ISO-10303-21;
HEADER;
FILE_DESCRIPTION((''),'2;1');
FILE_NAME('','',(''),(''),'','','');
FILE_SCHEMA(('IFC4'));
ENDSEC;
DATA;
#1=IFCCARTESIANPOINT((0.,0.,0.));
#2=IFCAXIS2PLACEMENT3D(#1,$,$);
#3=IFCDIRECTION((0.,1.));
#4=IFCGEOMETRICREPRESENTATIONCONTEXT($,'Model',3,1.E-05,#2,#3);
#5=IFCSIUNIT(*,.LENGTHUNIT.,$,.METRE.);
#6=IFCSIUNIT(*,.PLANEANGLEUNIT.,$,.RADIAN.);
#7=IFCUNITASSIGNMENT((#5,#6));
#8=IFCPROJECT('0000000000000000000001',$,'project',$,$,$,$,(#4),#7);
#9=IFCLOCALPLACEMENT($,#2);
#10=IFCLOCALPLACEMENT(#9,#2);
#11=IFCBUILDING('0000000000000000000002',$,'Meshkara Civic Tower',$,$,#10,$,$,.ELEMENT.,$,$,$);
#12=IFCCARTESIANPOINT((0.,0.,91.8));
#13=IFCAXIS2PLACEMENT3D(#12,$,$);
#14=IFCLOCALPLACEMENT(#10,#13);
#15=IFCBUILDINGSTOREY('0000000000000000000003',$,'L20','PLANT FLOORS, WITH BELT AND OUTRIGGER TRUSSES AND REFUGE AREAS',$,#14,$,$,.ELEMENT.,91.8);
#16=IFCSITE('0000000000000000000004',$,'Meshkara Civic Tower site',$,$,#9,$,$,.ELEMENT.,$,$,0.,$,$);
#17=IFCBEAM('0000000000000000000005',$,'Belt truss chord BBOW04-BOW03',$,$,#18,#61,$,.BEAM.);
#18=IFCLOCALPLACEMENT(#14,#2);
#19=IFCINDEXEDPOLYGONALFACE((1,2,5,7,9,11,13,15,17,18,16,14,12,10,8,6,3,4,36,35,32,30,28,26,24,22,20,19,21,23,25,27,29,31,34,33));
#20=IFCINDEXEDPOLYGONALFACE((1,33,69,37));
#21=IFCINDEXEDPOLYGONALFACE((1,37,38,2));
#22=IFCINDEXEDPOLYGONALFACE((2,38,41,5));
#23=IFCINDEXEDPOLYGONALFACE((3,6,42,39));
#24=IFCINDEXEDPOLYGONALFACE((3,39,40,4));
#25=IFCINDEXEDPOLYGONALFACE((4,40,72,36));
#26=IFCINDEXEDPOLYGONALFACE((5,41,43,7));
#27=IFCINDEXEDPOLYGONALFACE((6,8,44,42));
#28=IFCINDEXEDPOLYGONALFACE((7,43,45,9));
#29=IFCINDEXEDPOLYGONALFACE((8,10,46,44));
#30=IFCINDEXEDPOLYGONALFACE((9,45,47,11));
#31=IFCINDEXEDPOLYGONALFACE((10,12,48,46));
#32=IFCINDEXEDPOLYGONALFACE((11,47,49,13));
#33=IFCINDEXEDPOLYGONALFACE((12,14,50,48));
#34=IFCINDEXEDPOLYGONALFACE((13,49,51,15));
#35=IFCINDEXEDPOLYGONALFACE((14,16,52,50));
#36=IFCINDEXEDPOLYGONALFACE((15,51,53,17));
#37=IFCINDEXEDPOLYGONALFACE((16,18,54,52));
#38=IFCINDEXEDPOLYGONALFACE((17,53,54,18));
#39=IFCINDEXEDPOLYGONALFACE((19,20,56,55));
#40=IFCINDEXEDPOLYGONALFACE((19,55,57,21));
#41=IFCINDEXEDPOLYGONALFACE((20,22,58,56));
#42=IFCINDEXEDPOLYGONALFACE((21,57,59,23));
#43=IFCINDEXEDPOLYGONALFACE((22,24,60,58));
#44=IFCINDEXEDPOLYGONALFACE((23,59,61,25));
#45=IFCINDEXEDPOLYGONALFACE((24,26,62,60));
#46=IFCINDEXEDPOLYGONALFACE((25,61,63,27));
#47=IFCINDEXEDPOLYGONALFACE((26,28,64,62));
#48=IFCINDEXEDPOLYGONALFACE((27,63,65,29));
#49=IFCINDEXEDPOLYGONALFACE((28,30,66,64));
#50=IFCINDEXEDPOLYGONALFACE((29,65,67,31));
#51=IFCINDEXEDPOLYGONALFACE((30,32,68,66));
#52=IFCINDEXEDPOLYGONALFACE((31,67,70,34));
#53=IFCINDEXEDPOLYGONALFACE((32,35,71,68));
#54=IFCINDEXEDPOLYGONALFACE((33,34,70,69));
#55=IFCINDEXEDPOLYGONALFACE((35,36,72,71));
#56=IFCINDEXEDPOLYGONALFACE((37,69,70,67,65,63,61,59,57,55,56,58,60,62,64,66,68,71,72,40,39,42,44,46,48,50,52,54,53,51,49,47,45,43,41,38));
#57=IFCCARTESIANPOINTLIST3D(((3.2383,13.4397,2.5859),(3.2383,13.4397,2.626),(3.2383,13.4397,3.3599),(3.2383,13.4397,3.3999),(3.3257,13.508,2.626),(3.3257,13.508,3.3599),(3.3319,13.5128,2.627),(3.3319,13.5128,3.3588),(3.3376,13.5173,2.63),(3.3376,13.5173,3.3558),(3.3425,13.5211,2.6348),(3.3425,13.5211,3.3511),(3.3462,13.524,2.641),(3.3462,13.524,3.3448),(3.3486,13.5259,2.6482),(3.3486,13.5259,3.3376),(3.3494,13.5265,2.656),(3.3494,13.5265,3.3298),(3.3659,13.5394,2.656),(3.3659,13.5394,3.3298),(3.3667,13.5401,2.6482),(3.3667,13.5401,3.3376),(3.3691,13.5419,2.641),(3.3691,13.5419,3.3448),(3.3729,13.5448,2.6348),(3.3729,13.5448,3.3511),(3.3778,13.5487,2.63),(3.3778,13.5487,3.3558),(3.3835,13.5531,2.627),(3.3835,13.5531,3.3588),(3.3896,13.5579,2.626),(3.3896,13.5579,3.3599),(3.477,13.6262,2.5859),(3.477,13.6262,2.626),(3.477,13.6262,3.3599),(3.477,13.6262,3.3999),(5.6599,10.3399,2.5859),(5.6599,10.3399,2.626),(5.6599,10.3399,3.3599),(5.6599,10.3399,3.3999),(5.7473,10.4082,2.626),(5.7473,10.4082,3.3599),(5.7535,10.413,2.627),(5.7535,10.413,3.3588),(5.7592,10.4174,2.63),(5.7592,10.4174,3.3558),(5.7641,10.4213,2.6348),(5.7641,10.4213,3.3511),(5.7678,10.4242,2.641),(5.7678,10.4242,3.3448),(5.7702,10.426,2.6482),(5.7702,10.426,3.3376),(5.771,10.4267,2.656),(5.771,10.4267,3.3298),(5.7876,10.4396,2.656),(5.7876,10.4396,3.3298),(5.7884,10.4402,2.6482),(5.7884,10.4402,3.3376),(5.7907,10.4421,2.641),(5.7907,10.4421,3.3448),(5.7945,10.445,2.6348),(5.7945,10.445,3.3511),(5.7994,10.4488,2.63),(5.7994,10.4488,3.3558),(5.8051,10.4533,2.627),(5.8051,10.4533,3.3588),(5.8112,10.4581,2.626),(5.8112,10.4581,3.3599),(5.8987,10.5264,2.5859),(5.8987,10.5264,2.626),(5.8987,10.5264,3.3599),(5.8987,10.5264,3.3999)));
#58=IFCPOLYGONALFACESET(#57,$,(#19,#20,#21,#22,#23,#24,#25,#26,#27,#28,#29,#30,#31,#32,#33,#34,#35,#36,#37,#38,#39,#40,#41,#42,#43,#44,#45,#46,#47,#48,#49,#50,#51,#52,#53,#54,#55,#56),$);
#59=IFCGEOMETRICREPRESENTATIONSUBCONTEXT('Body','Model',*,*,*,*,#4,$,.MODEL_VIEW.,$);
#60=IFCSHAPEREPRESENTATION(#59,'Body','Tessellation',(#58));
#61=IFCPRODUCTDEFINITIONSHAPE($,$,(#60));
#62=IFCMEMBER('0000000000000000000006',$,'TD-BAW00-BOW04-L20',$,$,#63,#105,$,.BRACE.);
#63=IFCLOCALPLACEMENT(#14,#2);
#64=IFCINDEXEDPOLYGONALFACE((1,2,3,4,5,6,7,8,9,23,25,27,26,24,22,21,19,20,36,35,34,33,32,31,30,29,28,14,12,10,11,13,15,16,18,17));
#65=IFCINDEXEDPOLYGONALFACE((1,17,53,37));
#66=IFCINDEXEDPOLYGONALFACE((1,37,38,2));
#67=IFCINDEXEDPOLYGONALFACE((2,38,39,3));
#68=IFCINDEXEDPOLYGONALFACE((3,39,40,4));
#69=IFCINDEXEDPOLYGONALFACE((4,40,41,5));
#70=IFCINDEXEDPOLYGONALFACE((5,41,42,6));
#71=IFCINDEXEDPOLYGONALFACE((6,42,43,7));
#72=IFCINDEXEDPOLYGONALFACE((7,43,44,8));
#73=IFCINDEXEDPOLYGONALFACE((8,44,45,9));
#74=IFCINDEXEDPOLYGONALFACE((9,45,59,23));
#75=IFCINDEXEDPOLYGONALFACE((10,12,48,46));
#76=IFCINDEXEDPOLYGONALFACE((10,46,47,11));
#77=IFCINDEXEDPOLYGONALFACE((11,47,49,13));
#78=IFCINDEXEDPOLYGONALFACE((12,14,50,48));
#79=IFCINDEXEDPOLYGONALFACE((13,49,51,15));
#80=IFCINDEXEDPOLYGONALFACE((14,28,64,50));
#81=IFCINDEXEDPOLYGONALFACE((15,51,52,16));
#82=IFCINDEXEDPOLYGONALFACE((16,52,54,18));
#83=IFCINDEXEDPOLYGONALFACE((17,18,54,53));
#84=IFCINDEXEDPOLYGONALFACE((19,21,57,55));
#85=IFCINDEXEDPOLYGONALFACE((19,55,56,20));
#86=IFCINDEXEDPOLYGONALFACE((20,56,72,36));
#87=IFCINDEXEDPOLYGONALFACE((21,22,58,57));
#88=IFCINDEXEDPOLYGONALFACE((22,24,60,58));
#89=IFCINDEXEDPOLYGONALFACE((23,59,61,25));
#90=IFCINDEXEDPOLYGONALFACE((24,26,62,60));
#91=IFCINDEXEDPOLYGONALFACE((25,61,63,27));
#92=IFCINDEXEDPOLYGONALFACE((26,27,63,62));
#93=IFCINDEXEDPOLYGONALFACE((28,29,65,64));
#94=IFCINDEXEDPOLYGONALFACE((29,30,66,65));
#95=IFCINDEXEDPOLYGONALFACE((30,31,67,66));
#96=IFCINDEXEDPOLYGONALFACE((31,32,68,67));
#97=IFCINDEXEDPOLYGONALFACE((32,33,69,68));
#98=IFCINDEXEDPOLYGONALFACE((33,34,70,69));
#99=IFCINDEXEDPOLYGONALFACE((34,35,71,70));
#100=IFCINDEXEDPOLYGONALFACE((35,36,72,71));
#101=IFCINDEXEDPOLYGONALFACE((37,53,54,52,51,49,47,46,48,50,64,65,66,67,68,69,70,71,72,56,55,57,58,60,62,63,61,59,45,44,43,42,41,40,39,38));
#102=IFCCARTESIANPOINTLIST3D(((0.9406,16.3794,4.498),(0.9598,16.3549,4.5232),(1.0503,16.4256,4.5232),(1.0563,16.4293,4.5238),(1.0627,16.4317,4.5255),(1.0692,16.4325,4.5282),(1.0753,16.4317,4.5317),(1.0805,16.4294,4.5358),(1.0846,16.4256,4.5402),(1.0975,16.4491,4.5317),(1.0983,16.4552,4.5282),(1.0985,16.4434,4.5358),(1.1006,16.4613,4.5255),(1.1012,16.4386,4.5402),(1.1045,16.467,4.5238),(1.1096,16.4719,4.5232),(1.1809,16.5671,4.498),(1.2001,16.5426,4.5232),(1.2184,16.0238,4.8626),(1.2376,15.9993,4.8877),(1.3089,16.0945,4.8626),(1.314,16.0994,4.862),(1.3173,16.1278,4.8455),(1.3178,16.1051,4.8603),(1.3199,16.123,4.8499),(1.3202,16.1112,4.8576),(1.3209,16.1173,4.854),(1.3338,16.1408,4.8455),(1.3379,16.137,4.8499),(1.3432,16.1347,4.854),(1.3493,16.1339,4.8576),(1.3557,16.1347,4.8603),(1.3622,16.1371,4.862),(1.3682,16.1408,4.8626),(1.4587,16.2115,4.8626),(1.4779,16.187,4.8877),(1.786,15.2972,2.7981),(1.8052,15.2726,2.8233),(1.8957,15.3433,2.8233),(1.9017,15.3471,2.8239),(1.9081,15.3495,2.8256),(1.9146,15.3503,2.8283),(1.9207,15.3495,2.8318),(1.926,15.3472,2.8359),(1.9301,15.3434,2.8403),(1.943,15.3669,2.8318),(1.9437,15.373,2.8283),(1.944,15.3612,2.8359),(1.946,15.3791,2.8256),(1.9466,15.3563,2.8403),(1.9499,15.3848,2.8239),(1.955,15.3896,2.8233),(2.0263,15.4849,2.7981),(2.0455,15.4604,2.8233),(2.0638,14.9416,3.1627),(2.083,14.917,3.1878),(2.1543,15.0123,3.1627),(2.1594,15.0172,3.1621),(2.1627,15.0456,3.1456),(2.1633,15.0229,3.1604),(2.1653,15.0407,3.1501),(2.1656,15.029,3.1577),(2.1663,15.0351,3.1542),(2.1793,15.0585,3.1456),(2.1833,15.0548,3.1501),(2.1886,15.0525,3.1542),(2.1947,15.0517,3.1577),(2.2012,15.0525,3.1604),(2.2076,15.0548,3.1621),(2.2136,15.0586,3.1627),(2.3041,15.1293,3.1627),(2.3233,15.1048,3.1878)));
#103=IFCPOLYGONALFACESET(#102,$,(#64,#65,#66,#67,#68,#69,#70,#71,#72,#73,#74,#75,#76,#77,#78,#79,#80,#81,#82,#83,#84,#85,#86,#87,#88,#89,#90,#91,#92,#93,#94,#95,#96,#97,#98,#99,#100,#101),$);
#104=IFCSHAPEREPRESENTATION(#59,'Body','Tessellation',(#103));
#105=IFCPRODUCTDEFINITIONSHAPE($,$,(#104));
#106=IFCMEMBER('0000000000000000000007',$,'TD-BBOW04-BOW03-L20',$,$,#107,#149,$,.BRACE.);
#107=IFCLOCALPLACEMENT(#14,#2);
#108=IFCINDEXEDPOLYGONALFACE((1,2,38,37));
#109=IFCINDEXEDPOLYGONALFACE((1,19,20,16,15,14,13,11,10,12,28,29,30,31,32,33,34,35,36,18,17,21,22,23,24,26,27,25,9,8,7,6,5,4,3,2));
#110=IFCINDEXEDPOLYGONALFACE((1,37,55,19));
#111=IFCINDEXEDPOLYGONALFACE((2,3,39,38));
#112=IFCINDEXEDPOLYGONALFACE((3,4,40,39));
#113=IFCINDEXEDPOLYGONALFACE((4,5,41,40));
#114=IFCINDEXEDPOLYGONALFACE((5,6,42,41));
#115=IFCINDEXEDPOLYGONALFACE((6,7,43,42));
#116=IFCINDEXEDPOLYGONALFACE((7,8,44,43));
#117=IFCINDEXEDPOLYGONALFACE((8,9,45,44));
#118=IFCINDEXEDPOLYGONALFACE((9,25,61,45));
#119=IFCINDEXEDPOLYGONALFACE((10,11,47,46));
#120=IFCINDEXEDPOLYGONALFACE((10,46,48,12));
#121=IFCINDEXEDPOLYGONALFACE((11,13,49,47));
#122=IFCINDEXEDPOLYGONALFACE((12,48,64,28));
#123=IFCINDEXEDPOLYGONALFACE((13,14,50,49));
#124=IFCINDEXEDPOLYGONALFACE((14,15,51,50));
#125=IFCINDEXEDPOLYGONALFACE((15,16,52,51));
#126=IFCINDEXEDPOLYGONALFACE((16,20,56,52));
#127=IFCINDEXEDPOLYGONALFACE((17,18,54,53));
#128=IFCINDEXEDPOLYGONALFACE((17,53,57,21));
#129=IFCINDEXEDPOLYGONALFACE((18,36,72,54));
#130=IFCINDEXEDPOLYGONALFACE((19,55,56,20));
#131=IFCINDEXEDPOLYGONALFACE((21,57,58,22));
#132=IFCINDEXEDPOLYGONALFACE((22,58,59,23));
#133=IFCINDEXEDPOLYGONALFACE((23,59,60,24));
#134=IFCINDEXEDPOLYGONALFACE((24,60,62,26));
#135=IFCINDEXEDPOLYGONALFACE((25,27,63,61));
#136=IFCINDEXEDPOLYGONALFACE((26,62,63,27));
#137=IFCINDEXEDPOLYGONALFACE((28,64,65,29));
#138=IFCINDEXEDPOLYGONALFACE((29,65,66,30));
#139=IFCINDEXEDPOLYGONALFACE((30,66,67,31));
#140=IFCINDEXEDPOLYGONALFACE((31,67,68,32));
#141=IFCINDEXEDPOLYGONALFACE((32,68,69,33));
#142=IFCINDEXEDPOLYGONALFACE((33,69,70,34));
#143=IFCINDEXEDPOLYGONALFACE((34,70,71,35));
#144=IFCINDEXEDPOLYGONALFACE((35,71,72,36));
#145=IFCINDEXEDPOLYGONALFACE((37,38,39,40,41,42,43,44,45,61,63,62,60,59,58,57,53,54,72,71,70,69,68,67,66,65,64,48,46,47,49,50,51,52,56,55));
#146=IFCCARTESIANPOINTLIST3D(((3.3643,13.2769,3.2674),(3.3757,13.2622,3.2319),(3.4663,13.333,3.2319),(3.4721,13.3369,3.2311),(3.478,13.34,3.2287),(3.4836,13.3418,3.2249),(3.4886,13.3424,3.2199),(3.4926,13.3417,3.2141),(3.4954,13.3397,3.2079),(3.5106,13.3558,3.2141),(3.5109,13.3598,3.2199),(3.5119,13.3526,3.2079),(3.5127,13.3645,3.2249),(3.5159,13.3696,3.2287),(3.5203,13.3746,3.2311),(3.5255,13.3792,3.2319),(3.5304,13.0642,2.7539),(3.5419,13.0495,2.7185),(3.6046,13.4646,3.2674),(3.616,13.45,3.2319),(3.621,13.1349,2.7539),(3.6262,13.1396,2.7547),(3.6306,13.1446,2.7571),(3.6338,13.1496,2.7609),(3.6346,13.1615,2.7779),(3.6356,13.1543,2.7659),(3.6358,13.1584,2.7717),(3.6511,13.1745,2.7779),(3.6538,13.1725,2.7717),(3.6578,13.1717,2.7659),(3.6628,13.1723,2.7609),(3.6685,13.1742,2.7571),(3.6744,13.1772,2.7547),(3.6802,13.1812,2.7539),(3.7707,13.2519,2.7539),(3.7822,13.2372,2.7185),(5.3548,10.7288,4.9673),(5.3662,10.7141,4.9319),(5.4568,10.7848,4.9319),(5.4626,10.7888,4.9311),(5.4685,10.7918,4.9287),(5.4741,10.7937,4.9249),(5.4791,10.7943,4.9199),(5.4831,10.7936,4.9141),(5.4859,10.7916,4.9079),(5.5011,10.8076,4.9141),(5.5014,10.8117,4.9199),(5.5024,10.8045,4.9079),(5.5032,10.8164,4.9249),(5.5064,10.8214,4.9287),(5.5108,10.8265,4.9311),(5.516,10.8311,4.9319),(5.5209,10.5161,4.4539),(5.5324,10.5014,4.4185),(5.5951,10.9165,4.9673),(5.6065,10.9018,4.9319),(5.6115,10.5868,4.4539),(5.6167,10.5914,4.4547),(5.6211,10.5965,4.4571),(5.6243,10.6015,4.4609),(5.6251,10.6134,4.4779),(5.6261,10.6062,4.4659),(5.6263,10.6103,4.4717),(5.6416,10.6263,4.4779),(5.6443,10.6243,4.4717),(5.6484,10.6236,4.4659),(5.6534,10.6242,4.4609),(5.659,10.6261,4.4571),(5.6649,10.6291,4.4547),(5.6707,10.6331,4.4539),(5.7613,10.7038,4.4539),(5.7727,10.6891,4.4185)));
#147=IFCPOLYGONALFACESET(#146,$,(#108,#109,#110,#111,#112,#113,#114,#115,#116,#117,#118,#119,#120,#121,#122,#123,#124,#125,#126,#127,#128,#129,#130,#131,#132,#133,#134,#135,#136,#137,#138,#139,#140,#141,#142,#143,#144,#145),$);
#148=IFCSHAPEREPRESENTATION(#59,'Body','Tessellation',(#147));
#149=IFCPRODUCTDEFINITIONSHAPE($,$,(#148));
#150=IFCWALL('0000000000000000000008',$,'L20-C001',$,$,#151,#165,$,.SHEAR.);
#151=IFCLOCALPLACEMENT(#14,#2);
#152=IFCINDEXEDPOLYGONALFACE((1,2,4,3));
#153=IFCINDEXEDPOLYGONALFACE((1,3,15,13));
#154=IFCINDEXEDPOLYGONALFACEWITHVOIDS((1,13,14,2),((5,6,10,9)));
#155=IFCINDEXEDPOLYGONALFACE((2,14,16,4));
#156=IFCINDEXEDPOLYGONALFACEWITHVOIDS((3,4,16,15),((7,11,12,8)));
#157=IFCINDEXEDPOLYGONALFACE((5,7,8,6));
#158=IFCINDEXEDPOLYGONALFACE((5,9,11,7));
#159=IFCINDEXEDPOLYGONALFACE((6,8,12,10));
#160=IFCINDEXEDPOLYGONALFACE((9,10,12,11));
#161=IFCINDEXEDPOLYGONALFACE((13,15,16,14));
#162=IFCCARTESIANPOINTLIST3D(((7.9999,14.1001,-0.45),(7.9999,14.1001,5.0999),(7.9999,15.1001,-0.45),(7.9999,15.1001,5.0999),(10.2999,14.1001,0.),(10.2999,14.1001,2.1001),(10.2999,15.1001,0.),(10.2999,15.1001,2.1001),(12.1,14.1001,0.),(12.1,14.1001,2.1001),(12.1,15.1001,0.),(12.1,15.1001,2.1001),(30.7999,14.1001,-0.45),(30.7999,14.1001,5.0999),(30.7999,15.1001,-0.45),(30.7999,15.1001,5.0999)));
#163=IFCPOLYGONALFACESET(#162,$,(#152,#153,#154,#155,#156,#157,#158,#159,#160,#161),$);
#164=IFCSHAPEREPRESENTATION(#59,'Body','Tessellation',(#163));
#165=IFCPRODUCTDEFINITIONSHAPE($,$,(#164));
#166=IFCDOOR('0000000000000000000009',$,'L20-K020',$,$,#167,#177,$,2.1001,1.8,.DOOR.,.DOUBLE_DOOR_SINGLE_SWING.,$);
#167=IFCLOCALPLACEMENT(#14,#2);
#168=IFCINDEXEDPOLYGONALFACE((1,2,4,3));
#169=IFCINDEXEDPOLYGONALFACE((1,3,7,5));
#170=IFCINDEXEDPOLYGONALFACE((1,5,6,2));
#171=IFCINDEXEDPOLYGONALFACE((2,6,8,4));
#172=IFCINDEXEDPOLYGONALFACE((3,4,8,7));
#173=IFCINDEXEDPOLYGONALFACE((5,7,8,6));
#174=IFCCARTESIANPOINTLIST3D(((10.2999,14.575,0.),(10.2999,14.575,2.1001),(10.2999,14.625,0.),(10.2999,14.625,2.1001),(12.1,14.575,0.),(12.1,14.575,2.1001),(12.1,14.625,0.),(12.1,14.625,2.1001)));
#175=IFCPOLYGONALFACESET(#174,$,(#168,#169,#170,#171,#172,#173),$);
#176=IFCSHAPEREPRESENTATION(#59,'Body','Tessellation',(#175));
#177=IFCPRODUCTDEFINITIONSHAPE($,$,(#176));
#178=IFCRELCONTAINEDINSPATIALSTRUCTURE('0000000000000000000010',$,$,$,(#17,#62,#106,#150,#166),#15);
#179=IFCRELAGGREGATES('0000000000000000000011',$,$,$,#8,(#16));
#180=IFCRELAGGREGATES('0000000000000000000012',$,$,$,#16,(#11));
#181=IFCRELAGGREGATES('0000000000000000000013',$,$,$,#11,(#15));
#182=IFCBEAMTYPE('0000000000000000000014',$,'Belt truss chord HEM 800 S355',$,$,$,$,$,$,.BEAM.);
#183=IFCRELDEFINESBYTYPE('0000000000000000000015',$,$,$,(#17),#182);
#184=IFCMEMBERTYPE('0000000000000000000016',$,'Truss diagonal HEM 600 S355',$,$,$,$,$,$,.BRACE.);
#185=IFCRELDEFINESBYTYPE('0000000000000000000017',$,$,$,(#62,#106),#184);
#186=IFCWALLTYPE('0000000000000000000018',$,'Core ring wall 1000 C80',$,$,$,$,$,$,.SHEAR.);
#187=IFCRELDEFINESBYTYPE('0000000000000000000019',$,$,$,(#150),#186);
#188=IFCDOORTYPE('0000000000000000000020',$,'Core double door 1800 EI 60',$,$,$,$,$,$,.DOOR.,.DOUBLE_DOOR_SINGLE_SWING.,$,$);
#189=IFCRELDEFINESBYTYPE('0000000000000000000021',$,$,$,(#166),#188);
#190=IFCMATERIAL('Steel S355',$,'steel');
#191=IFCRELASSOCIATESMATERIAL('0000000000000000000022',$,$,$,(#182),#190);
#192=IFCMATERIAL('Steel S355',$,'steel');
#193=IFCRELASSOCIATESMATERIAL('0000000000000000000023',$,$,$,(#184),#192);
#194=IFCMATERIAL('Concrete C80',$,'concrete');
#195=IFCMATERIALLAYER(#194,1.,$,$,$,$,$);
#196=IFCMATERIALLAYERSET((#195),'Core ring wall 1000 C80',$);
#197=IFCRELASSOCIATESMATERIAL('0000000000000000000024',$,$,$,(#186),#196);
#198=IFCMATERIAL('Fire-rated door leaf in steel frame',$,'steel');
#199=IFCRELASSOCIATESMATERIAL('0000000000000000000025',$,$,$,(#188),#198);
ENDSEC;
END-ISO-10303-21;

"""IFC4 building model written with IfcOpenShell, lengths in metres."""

from ifc_helpers import new_model, si_unit, direction, frame, frame_2d, origin, origin_2d, place, context, subcontext, project, spatial, rectangle, i_section, extrude, material, layer, layer_set, material_profile, profile_set, type_object, element, fill, save


model = new_model("IFC4")

# Units and contexts
model_context = context("Model", 3, precision=1e-05, world=origin(), true_north=direction((0.0, 1.0)))
body_context = subcontext(model_context, "Body", "Model", "MODEL_VIEW")
ifc_project = project(units=[si_unit("LENGTHUNIT", "METRE"), si_unit("PLANEANGLEUNIT", "RADIAN")], contexts=[model_context])

# Site, building, storey
site_placement = place(None, origin())
site = spatial("IfcSite", under=ifc_project, at=site_placement, Name="Meshkara Civic Tower site", CompositionType="ELEMENT", RefElevation=0.0)
building_placement = place(site_placement, origin())
building = spatial("IfcBuilding", under=site, at=building_placement, Name="Meshkara Civic Tower", CompositionType="ELEMENT")
storey_placement = place(building_placement, frame((0.0, 0.0, 91.8)))
storey = spatial("IfcBuildingStorey", under=building, at=storey_placement, Name="L20", Description="PLANT FLOORS, WITH BELT AND OUTRIGGER TRUSSES AND REFUGE AREAS", CompositionType="ELEMENT", Elevation=91.8)

# Beam
ifc_material_1 = material(Name="Steel S355", Category="steel")
ifc_material_profile_1 = material_profile(ifc_material_1, i_section(OverallWidth=0.303, OverallDepth=0.814, WebThickness=0.021, FlangeThickness=0.04, FilletRadius=0.03, at=origin_2d()))
ifc_profile_set_1 = profile_set([ifc_material_profile_1], Name="Steel S355")
beam_type = type_object("IfcBeamType", Name="Belt truss chord HEM 800 S355", PredefinedType="BEAM", material=ifc_profile_set_1)
for number, where, z_axis, x_axis, name in (
    (1, (3.3577, 13.533, 2.9929), (0.615624, -0.78804, 0.0), (0.78804, 0.615624, 0.0), "Belt truss chord BBOW04-BOW03"),
):
    element("IfcBeam", number, at=place(storey_placement, frame(where, z_axis=z_axis, x_axis=x_axis)), inside=storey, type_object=beam_type, Name=name, PredefinedType="BEAM", context=body_context, shape_type="SweptSolid", body=[
        extrude(i_section(OverallWidth=0.303, OverallDepth=0.814, WebThickness=0.021, FlangeThickness=0.04, FilletRadius=0.03, at=origin_2d()), origin(), (0.0, 0.0, 1.0), 3.9336),
    ])

# Members
ifc_material_2 = material(Name="Steel S355", Category="steel")
ifc_material_profile_2 = material_profile(ifc_material_2, i_section(OverallWidth=0.3049, OverallDepth=0.6201, WebThickness=0.021, FlangeThickness=0.04, FilletRadius=0.0271, at=origin_2d()))
ifc_profile_set_2 = profile_set([ifc_material_profile_2], Name="Steel S355")
member_type = type_object("IfcMemberType", Name="Truss diagonal HEM 600 S355", PredefinedType="BRACE", material=ifc_profile_set_2)
member_1_placement = place(storey_placement, frame((1.2092, 16.2832, 4.6929), z_axis=(0.386868, -0.495231, -0.777869), x_axis=(0.788049, 0.615613, 0.0)))
element("IfcMember", 2, at=member_1_placement, inside=storey, type_object=member_type, Name="TD-BAW00-BOW04-L20", PredefinedType="BRACE", context=body_context, shape_type="SweptSolid", body=[
    extrude(i_section(OverallWidth=0.3049, OverallDepth=0.6201, WebThickness=0.021, FlangeThickness=0.04, FilletRadius=0.0271, at=origin_2d()), origin(), (0.0, 0.0, 1.0), 2.1853),
])
member_2_placement = place(storey_placement, frame((3.5732, 13.2571, 2.9929), z_axis=(0.544884, -0.697529, 0.465354), x_axis=(0.788058, 0.615602, 0.0)))
element("IfcMember", 3, at=member_2_placement, inside=storey, type_object=member_type, Name="TD-BBOW04-BOW03-L20", PredefinedType="BRACE", context=body_context, shape_type="SweptSolid", body=[
    extrude(i_section(OverallWidth=0.3049, OverallDepth=0.6201, WebThickness=0.021, FlangeThickness=0.04, FilletRadius=0.0271, at=origin_2d()), origin(), (0.0, 0.0, 1.0), 3.6531),
])

# Wall, opening, door
ifc_material_3 = material(Name="Concrete C80", Category="concrete")
ifc_layer_1 = layer(ifc_material_3, 1.0)
ifc_layer_set_1 = layer_set([ifc_layer_1], Name="Core ring wall 1000 C80")
wall_type_1 = type_object("IfcWallType", Name="Core ring wall 1000 C80", PredefinedType="SHEAR", material=ifc_layer_set_1)
wall_1_placement = place(storey_placement, frame((8.0, 14.6001, -0.45), z_axis=(0.0, 0.0, 1.0), x_axis=(1.0, 0.0, 0.0)))
wall_1 = element("IfcWall", 4, at=wall_1_placement, inside=storey, type_object=wall_type_1, Name="L20-C001", PredefinedType="SHEAR", context=body_context, shape_type="SweptSolid", body=[
    extrude(rectangle(XDim=22.8, YDim=1.0, at=frame_2d((11.3999, 0.0))), origin(), (0.0, 0.0, 1.0), 5.5498),
])
opening_1_placement = place(wall_1_placement, frame((2.3, 0.0, 0.45)))
opening_1 = element("IfcOpeningElement", 5, at=opening_1_placement, cuts=wall_1, PredefinedType="OPENING", context=body_context, shape_type="SweptSolid", body=[
    extrude(rectangle(XDim=1.8, YDim=2.1001, at=frame_2d((0.8999, 1.05))), frame((0.0, 0.51, 0.0), z_axis=(0.0, -1.0, 0.0), x_axis=(1.0, 0.0, 0.0)), (0.0, 0.0, 1.0), 1.02),
])
ifc_material_4 = material(Name="Fire-rated door leaf in steel frame", Category="steel")
door_type_1 = type_object("IfcDoorType", Name="Core double door 1800 EI 60", OperationType="DOUBLE_DOOR_SINGLE_SWING", PredefinedType="DOOR", material=ifc_material_4)
door_1_placement = place(opening_1_placement, origin())
door_1 = element("IfcDoor", 6, at=door_1_placement, inside=storey, type_object=door_type_1, Name="L20-K020", OperationType="DOUBLE_DOOR_SINGLE_SWING", OverallHeight=2.1001, OverallWidth=1.8, PredefinedType="DOOR", context=body_context, shape_type="SweptSolid", body=[
    extrude(rectangle(XDim=1.8, YDim=2.1001, at=frame_2d((0.8999, 1.05))), frame((0.0, 0.0249, 0.0), z_axis=(0.0, -1.0, 0.0), x_axis=(1.0, 0.0, 0.0)), (0.0, 0.0, 1.0), 0.05),
])
fill(opening_1, door_1)

save(model, "model.ifc")
